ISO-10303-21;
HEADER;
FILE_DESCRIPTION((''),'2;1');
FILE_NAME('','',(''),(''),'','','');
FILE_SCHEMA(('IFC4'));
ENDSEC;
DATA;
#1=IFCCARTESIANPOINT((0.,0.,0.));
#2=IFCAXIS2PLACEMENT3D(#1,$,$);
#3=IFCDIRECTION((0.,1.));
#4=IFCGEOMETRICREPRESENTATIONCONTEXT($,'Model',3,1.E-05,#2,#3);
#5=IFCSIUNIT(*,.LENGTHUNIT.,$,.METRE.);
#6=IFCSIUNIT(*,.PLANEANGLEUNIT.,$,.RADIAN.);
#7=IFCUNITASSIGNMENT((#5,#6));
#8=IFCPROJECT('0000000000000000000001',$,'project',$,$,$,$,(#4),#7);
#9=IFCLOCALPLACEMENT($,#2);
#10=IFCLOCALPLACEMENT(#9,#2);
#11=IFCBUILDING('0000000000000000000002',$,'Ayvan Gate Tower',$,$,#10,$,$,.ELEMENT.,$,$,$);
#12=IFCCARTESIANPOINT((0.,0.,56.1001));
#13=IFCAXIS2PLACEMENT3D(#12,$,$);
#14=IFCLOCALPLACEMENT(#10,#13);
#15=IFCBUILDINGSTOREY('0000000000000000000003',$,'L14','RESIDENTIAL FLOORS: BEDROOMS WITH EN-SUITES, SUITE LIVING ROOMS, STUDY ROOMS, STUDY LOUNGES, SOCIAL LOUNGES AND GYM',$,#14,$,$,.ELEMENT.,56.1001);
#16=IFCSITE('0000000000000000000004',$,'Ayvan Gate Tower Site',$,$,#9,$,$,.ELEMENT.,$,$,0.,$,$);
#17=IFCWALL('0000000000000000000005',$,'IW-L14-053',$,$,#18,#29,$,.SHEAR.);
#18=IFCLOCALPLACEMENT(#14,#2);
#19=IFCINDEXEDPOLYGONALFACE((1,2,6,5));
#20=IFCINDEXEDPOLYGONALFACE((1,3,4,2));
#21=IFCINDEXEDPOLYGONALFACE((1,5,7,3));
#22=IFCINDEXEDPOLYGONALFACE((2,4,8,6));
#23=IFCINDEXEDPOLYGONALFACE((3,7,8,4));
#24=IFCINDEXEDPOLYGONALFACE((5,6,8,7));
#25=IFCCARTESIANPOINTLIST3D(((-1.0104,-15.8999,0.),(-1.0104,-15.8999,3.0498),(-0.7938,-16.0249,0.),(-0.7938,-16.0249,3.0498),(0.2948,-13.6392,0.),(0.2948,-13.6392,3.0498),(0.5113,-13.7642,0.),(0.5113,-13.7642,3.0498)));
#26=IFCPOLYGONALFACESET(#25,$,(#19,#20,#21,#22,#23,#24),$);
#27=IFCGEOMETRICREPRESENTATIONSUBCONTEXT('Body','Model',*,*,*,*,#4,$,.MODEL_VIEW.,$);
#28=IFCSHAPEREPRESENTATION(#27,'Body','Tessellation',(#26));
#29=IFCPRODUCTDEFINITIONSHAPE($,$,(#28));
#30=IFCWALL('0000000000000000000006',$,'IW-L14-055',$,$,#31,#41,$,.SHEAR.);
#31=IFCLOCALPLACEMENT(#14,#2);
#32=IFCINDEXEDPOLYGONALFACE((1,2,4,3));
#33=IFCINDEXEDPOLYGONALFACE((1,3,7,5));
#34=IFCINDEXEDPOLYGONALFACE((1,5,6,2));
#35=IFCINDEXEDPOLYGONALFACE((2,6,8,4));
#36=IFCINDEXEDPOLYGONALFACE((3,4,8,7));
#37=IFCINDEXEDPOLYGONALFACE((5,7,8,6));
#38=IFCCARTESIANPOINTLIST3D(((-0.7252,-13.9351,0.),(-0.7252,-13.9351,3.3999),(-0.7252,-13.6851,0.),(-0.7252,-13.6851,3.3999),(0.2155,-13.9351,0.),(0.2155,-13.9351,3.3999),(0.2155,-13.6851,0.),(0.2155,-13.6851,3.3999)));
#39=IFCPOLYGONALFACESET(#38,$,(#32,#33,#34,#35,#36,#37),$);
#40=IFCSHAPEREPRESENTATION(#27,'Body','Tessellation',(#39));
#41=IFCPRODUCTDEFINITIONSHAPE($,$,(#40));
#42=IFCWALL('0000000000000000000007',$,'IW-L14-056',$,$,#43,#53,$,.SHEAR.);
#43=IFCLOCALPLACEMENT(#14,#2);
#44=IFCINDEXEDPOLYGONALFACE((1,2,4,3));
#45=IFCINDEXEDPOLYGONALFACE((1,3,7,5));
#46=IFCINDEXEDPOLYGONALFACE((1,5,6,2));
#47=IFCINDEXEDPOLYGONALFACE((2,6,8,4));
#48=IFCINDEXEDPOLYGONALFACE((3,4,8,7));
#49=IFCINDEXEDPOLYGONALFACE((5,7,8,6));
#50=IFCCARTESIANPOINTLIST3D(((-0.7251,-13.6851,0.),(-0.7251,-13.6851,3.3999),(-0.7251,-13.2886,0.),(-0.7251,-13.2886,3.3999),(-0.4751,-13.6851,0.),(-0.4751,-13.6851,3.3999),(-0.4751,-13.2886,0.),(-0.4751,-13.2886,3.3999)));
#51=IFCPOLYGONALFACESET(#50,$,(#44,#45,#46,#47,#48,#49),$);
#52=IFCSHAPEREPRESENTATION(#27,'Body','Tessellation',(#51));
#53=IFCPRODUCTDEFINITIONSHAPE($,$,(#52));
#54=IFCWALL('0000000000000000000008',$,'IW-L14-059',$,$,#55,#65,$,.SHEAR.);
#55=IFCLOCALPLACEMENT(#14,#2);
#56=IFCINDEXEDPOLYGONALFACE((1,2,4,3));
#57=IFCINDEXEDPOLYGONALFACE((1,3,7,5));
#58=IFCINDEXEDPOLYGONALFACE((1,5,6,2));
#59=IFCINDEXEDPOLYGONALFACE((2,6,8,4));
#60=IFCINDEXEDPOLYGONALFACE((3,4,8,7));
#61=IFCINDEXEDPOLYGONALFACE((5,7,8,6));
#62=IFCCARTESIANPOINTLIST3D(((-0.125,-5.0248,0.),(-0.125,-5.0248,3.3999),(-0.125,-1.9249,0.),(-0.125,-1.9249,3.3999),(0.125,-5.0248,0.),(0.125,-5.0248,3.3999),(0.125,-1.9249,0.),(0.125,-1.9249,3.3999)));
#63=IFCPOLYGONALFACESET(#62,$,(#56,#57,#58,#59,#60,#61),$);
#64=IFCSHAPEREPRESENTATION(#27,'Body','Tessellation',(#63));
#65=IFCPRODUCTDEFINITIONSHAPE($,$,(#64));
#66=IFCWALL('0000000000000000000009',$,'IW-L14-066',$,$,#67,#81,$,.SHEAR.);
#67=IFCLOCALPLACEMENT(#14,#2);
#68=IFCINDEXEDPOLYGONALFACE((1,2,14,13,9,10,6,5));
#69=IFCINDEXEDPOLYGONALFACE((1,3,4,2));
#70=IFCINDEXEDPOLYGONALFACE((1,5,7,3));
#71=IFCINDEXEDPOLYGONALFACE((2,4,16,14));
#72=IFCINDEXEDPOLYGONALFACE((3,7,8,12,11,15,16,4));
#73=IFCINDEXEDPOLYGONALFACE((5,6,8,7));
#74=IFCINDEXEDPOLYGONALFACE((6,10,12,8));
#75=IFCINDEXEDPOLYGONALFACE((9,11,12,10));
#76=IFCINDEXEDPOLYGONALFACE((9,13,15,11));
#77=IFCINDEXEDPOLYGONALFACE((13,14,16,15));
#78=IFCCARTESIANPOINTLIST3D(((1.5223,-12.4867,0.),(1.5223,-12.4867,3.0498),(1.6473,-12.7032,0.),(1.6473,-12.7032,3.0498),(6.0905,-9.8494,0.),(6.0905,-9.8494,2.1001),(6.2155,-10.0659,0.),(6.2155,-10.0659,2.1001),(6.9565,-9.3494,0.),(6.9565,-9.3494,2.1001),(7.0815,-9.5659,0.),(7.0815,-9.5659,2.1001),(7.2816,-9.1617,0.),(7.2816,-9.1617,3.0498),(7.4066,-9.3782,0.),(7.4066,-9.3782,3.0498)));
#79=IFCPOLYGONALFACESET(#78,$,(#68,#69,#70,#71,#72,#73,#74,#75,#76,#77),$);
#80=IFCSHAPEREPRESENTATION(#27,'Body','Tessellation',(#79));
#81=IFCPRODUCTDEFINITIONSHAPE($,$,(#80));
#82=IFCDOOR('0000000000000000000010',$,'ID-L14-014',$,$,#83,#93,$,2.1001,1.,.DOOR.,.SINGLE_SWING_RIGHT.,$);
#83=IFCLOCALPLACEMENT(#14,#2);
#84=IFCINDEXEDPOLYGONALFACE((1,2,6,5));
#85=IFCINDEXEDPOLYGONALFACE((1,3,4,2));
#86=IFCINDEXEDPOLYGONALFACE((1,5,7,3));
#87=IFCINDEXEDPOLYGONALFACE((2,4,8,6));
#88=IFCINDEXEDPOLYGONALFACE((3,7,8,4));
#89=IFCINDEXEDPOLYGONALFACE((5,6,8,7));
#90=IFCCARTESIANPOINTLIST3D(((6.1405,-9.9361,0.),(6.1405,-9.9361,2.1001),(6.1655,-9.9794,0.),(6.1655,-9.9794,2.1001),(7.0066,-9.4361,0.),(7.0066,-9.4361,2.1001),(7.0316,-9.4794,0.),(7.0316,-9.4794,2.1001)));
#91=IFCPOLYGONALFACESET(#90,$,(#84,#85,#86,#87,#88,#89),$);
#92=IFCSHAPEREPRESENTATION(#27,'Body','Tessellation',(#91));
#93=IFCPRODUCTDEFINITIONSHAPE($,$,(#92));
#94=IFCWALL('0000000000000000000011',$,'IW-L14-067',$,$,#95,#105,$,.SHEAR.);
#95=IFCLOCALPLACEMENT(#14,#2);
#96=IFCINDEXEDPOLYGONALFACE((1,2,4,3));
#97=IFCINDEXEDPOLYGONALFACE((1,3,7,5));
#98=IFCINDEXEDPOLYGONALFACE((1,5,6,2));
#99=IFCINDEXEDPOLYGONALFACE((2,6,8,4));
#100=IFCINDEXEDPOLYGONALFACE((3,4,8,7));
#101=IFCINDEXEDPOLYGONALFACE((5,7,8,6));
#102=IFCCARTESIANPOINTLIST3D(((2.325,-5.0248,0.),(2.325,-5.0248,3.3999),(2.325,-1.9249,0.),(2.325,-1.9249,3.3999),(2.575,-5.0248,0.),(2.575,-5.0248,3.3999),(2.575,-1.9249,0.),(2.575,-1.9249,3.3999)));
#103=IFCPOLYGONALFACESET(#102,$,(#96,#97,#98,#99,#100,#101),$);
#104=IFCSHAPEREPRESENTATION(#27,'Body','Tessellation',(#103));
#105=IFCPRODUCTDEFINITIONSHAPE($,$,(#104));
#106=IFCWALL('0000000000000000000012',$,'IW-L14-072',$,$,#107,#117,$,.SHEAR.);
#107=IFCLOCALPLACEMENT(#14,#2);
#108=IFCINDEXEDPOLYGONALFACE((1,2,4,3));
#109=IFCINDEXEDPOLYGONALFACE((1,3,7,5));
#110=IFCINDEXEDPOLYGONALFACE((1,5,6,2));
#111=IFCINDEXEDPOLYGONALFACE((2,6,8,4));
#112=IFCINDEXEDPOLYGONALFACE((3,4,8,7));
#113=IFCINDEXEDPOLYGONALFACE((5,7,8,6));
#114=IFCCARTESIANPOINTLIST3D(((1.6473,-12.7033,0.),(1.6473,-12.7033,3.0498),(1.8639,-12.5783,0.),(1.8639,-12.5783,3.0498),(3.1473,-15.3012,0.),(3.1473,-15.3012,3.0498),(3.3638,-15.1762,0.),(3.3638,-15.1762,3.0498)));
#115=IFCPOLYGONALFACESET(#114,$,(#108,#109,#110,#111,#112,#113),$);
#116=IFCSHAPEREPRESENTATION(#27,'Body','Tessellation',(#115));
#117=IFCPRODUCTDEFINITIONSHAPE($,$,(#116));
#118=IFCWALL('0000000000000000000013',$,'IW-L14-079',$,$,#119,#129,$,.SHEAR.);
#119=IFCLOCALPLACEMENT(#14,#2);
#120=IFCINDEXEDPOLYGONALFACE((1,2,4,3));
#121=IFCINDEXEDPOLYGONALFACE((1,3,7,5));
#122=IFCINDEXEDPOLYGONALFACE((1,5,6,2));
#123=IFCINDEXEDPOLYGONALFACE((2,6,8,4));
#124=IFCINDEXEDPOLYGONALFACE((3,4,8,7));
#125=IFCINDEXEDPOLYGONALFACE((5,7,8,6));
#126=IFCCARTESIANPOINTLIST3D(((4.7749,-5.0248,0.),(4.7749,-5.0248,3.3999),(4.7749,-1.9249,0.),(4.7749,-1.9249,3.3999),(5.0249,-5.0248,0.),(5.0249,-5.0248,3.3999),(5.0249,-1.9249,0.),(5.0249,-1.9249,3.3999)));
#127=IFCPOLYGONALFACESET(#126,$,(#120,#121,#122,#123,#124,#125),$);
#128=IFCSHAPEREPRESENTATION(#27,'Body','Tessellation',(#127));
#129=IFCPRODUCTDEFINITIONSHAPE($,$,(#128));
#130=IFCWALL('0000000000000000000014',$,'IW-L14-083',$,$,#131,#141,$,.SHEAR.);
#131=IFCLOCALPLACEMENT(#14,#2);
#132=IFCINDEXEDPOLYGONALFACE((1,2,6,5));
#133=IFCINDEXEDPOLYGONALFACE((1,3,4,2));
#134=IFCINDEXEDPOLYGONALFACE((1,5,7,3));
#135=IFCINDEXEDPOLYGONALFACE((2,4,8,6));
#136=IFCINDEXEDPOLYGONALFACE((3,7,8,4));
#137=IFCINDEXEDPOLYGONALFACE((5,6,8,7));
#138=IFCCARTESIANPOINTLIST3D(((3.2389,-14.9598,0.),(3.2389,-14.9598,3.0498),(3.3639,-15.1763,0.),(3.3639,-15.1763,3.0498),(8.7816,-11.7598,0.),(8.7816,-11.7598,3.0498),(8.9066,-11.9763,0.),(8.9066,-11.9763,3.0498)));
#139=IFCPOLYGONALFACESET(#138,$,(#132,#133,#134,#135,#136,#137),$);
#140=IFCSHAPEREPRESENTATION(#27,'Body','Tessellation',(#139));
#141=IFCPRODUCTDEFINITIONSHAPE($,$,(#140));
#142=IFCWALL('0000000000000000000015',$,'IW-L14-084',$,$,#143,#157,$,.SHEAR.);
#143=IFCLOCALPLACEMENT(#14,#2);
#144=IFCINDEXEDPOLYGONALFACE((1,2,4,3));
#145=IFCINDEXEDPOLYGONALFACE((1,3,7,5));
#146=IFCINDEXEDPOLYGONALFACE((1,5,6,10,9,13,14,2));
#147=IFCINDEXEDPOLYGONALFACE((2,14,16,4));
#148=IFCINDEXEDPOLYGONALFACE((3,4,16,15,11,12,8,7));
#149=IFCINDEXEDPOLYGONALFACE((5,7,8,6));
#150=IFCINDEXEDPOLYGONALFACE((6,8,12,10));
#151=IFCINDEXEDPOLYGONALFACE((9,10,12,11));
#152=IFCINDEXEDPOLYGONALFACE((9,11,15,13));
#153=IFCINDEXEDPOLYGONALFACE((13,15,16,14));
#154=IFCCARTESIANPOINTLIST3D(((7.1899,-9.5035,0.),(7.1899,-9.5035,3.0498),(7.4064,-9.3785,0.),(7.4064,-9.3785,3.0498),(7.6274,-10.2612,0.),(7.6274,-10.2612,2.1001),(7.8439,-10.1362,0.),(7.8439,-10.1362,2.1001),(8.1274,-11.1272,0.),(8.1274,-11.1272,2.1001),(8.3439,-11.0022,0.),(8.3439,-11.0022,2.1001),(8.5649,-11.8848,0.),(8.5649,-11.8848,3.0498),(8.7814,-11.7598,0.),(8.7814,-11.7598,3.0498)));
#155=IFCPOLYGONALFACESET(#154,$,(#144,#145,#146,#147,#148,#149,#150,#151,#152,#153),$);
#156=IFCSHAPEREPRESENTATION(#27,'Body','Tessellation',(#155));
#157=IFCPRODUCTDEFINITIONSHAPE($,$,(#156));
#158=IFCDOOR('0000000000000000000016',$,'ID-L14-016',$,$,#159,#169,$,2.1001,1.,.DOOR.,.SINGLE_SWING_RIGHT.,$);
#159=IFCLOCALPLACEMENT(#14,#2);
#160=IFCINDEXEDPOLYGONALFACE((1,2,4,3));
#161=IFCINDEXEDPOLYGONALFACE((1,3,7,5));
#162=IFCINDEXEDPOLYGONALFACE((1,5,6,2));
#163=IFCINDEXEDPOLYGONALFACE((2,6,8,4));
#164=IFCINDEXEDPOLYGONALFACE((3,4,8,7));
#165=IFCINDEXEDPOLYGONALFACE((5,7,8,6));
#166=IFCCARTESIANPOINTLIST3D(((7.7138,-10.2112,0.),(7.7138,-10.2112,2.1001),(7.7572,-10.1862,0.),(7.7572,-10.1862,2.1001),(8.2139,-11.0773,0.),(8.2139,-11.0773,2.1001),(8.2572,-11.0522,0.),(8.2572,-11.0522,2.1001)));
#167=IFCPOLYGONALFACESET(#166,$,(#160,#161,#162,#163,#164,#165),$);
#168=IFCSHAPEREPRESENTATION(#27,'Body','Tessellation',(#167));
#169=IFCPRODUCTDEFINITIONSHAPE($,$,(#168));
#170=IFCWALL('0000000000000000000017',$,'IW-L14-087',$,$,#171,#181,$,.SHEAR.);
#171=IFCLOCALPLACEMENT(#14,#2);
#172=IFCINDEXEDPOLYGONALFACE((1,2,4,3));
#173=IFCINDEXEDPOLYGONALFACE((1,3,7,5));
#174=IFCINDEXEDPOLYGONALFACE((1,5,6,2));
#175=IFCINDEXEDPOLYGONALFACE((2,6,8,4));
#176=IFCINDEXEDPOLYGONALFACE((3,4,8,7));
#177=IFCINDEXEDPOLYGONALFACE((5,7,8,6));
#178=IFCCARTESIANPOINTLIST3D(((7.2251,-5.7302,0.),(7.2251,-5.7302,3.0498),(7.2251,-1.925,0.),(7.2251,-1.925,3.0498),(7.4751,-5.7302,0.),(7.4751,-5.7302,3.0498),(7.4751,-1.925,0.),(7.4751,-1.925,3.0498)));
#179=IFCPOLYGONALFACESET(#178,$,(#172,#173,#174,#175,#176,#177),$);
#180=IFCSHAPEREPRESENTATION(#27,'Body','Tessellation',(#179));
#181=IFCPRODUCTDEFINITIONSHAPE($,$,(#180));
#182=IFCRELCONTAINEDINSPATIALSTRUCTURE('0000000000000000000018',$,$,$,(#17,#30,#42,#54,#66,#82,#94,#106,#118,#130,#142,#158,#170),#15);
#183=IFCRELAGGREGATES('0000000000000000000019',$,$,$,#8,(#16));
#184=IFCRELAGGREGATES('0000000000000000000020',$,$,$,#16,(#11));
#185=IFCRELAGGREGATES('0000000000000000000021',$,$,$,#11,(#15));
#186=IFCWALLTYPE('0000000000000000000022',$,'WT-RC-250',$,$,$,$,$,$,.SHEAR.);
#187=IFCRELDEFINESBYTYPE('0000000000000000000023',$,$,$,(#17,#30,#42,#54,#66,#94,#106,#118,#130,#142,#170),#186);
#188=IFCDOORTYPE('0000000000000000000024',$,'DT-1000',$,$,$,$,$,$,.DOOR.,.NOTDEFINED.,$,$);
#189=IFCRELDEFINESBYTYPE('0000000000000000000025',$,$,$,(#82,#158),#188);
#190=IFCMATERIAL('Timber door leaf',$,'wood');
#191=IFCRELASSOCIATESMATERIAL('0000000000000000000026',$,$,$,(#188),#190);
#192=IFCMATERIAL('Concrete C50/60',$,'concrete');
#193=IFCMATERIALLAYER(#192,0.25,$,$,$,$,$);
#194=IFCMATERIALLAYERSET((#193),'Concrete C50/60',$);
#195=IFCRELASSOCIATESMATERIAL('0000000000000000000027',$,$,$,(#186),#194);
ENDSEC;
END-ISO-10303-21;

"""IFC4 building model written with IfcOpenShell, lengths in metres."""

from ifc_helpers import new_model, si_unit, direction, frame, frame_2d, origin, place, context, subcontext, project, spatial, rectangle, extrude, material, layer, layer_set, type_object, element, fill, save


model = new_model("IFC4")

# Units and contexts
model_context = context("Model", 3, precision=1e-05, world=origin(), true_north=direction((0.0, 1.0)))
body_context = subcontext(model_context, "Body", "Model", "MODEL_VIEW")
ifc_project = project(units=[si_unit("LENGTHUNIT", "METRE"), si_unit("PLANEANGLEUNIT", "RADIAN")], contexts=[model_context])

# Site, building, storey
site_placement = place(None, origin())
site = spatial("IfcSite", under=ifc_project, at=site_placement, Name="Ayvan Gate Tower Site", CompositionType="ELEMENT", RefElevation=0.0)
building_placement = place(site_placement, origin())
building = spatial("IfcBuilding", under=site, at=building_placement, Name="Ayvan Gate Tower", CompositionType="ELEMENT")
storey_placement = place(building_placement, frame((0.0, 0.0, 56.1001)))
storey = spatial("IfcBuildingStorey", under=building, at=storey_placement, Name="L14", Description="RESIDENTIAL FLOORS: BEDROOMS WITH EN-SUITES, SUITE LIVING ROOMS, STUDY ROOMS, STUDY LOUNGES, SOCIAL LOUNGES AND GYM", CompositionType="ELEMENT", Elevation=56.1001)

# Shared definitions
ifc_material_1 = material(Name="Timber door leaf", Category="wood")

# Shared definitions
door_type_1 = type_object("IfcDoorType", Name="DT-1000", OperationType="NOTDEFINED", PredefinedType="DOOR", material=ifc_material_1)

# Walls
ifc_material_2 = material(Name="Concrete C50/60", Category="concrete")
ifc_layer_1 = layer(ifc_material_2, 0.25)
ifc_layer_set_1 = layer_set([ifc_layer_1], Name="Concrete C50/60")
wall_type_1 = type_object("IfcWallType", Name="WT-RC-250", PredefinedType="SHEAR", material=ifc_layer_set_1)
wall_1_placement = place(storey_placement, frame((-0.9021, -15.9624, 0.0), z_axis=(0.0, 0.0, 1.0), x_axis=(0.499982, 0.866036, 0.0)))
element("IfcWall", 1, at=wall_1_placement, inside=storey, type_object=wall_type_1, Name="IW-L14-053", PredefinedType="SHEAR", context=body_context, shape_type="SweptSolid", body=[
    extrude(rectangle(XDim=2.6104, YDim=0.25, at=frame_2d((1.3052, 0.0))), origin(), (0.0, 0.0, 1.0), 3.0498),
])
wall_2_placement = place(storey_placement, frame((-0.7251, -13.8101, 0.0), z_axis=(0.0, 0.0, 1.0), x_axis=(1.0, 0.0, 0.0)))
element("IfcWall", 2, at=wall_2_placement, inside=storey, type_object=wall_type_1, Name="IW-L14-055", PredefinedType="SHEAR", context=body_context, shape_type="SweptSolid", body=[
    extrude(rectangle(XDim=0.9407, YDim=0.25, at=frame_2d((0.4702, 0.0))), origin(), (0.0, 0.0, 1.0), 3.3999),
])
wall_3_placement = place(storey_placement, frame((-0.6001, -13.2886, 0.0), z_axis=(0.0, 0.0, 1.0), x_axis=(0.0, -1.0, 0.0)))
element("IfcWall", 3, at=wall_3_placement, inside=storey, type_object=wall_type_1, Name="IW-L14-056", PredefinedType="SHEAR", context=body_context, shape_type="SweptSolid", body=[
    extrude(rectangle(XDim=0.3965, YDim=0.25, at=frame_2d((0.1982, 0.0))), origin(), (0.0, 0.0, 1.0), 3.3999),
])
wall_4_placement = place(storey_placement, frame((0.0, -1.925, 0.0), z_axis=(0.0, 0.0, 1.0), x_axis=(0.0, -1.0, 0.0)))
element("IfcWall", 4, at=wall_4_placement, inside=storey, type_object=wall_type_1, Name="IW-L14-059", PredefinedType="SHEAR", context=body_context, shape_type="SweptSolid", body=[
    extrude(rectangle(XDim=3.0999, YDim=0.25, at=frame_2d((1.5498, 0.0))), origin(), (0.0, 0.0, 1.0), 3.3999),
])

# Wall, opening, door
wall_5_placement = place(storey_placement, frame((1.5847, -12.595, 0.0), z_axis=(0.0, 0.0, 1.0), x_axis=(0.866036, 0.499981, 0.0)))
wall_5 = element("IfcWall", 5, at=wall_5_placement, inside=storey, type_object=wall_type_1, Name="IW-L14-066", PredefinedType="SHEAR", context=body_context, shape_type="SweptSolid", body=[
    extrude(rectangle(XDim=6.6501, YDim=0.25, at=frame_2d((3.3252, 0.0))), origin(), (0.0, 0.0, 1.0), 3.0498),
])
opening_1_placement = place(wall_5_placement, frame((5.2749, 0.0, 0.0)))
opening_1 = element("IfcOpeningElement", 6, at=opening_1_placement, cuts=wall_5, PredefinedType="OPENING", context=body_context, shape_type="SweptSolid", body=[
    extrude(rectangle(XDim=1.0, YDim=2.1001, at=frame_2d((0.5, 1.05))), frame((0.0, 0.135, 0.0), z_axis=(0.0, -1.0, 0.0), x_axis=(1.0, 0.0, 0.0)), (0.0, 0.0, 1.0), 0.27),
])
door_1_placement = place(opening_1_placement, origin())
door_1 = element("IfcDoor", 7, at=door_1_placement, inside=storey, type_object=door_type_1, Name="ID-L14-014", OperationType="SINGLE_SWING_RIGHT", OverallHeight=2.1001, OverallWidth=1.0, PredefinedType="DOOR", context=body_context, shape_type="SweptSolid", body=[
    extrude(rectangle(XDim=1.0, YDim=2.1001, at=frame_2d((0.5, 1.05))), frame((0.0, 0.0249, 0.0), z_axis=(0.0, -1.0, 0.0), x_axis=(1.0, 0.0, 0.0)), (0.0, 0.0, 1.0), 0.05),
])
fill(opening_1, door_1)

# Walls
wall_6_placement = place(storey_placement, frame((2.45, -1.925, 0.0), z_axis=(0.0, 0.0, 1.0), x_axis=(0.0, -1.0, 0.0)))
element("IfcWall", 8, at=wall_6_placement, inside=storey, type_object=wall_type_1, Name="IW-L14-067", PredefinedType="SHEAR", context=body_context, shape_type="SweptSolid", body=[
    extrude(rectangle(XDim=3.0999, YDim=0.25, at=frame_2d((1.5498, 0.0))), origin(), (0.0, 0.0, 1.0), 3.3999),
])
wall_7_placement = place(storey_placement, frame((3.2556, -15.2388, 0.0), z_axis=(0.0, 0.0, 1.0), x_axis=(-0.500025, 0.866011, 0.0)))
element("IfcWall", 9, at=wall_7_placement, inside=storey, type_object=wall_type_1, Name="IW-L14-072", PredefinedType="SHEAR", context=body_context, shape_type="SweptSolid", body=[
    extrude(rectangle(XDim=2.9998, YDim=0.25, at=frame_2d((1.5, 0.0))), origin(), (0.0, 0.0, 1.0), 3.0498),
])
wall_8_placement = place(storey_placement, frame((4.8999, -1.925, 0.0), z_axis=(0.0, 0.0, 1.0), x_axis=(0.0, -1.0, 0.0)))
element("IfcWall", 10, at=wall_8_placement, inside=storey, type_object=wall_type_1, Name="IW-L14-079", PredefinedType="SHEAR", context=body_context, shape_type="SweptSolid", body=[
    extrude(rectangle(XDim=3.0999, YDim=0.25, at=frame_2d((1.5498, 0.0))), origin(), (0.0, 0.0, 1.0), 3.3999),
])
wall_9_placement = place(storey_placement, frame((3.3013, -15.0681, 0.0), z_axis=(0.0, 0.0, 1.0), x_axis=(0.866035, 0.499983, 0.0)))
element("IfcWall", 11, at=wall_9_placement, inside=storey, type_object=wall_type_1, Name="IW-L14-083", PredefinedType="SHEAR", context=body_context, shape_type="SweptSolid", body=[
    extrude(rectangle(XDim=6.4001, YDim=0.25, at=frame_2d((3.2002, 0.0))), origin(), (0.0, 0.0, 1.0), 3.0498),
])

# Wall, opening, door
wall_10_placement = place(storey_placement, frame((7.2981, -9.4409, 0.0), z_axis=(0.0, 0.0, 1.0), x_axis=(0.500035, -0.866005, 0.0)))
wall_10 = element("IfcWall", 12, at=wall_10_placement, inside=storey, type_object=wall_type_1, Name="IW-L14-084", PredefinedType="SHEAR", context=body_context, shape_type="SweptSolid", body=[
    extrude(rectangle(XDim=2.7498, YDim=0.25, at=frame_2d((1.375, 0.0))), origin(), (0.0, 0.0, 1.0), 3.0498),
])
opening_2_placement = place(wall_10_placement, frame((0.875, 0.0, 0.0)))
opening_2 = element("IfcOpeningElement", 13, at=opening_2_placement, cuts=wall_10, PredefinedType="OPENING", context=body_context, shape_type="SweptSolid", body=[
    extrude(rectangle(XDim=1.0, YDim=2.1001, at=frame_2d((0.5, 1.05))), frame((0.0, 0.135, 0.0), z_axis=(0.0, -1.0, 0.0), x_axis=(1.0, 0.0, 0.0)), (0.0, 0.0, 1.0), 0.27),
])
door_2_placement = place(opening_2_placement, origin())
door_2 = element("IfcDoor", 14, at=door_2_placement, inside=storey, type_object=door_type_1, Name="ID-L14-016", OperationType="SINGLE_SWING_RIGHT", OverallHeight=2.1001, OverallWidth=1.0, PredefinedType="DOOR", context=body_context, shape_type="SweptSolid", body=[
    extrude(rectangle(XDim=1.0, YDim=2.1001, at=frame_2d((0.5, 1.05))), frame((0.0, 0.0249, 0.0), z_axis=(0.0, -1.0, 0.0), x_axis=(1.0, 0.0, 0.0)), (0.0, 0.0, 1.0), 0.05),
])
fill(opening_2, door_2)

# Wall
wall_11_placement = place(storey_placement, frame((7.3501, -1.925, 0.0), z_axis=(0.0, 0.0, 1.0), x_axis=(0.0, -1.0, 0.0)))
element("IfcWall", 15, at=wall_11_placement, inside=storey, type_object=wall_type_1, Name="IW-L14-087", PredefinedType="SHEAR", context=body_context, shape_type="SweptSolid", body=[
    extrude(rectangle(XDim=3.8052, YDim=0.25, at=frame_2d((1.9026, 0.0))), origin(), (0.0, 0.0, 1.0), 3.0498),
])

save(model, "model.ifc")
